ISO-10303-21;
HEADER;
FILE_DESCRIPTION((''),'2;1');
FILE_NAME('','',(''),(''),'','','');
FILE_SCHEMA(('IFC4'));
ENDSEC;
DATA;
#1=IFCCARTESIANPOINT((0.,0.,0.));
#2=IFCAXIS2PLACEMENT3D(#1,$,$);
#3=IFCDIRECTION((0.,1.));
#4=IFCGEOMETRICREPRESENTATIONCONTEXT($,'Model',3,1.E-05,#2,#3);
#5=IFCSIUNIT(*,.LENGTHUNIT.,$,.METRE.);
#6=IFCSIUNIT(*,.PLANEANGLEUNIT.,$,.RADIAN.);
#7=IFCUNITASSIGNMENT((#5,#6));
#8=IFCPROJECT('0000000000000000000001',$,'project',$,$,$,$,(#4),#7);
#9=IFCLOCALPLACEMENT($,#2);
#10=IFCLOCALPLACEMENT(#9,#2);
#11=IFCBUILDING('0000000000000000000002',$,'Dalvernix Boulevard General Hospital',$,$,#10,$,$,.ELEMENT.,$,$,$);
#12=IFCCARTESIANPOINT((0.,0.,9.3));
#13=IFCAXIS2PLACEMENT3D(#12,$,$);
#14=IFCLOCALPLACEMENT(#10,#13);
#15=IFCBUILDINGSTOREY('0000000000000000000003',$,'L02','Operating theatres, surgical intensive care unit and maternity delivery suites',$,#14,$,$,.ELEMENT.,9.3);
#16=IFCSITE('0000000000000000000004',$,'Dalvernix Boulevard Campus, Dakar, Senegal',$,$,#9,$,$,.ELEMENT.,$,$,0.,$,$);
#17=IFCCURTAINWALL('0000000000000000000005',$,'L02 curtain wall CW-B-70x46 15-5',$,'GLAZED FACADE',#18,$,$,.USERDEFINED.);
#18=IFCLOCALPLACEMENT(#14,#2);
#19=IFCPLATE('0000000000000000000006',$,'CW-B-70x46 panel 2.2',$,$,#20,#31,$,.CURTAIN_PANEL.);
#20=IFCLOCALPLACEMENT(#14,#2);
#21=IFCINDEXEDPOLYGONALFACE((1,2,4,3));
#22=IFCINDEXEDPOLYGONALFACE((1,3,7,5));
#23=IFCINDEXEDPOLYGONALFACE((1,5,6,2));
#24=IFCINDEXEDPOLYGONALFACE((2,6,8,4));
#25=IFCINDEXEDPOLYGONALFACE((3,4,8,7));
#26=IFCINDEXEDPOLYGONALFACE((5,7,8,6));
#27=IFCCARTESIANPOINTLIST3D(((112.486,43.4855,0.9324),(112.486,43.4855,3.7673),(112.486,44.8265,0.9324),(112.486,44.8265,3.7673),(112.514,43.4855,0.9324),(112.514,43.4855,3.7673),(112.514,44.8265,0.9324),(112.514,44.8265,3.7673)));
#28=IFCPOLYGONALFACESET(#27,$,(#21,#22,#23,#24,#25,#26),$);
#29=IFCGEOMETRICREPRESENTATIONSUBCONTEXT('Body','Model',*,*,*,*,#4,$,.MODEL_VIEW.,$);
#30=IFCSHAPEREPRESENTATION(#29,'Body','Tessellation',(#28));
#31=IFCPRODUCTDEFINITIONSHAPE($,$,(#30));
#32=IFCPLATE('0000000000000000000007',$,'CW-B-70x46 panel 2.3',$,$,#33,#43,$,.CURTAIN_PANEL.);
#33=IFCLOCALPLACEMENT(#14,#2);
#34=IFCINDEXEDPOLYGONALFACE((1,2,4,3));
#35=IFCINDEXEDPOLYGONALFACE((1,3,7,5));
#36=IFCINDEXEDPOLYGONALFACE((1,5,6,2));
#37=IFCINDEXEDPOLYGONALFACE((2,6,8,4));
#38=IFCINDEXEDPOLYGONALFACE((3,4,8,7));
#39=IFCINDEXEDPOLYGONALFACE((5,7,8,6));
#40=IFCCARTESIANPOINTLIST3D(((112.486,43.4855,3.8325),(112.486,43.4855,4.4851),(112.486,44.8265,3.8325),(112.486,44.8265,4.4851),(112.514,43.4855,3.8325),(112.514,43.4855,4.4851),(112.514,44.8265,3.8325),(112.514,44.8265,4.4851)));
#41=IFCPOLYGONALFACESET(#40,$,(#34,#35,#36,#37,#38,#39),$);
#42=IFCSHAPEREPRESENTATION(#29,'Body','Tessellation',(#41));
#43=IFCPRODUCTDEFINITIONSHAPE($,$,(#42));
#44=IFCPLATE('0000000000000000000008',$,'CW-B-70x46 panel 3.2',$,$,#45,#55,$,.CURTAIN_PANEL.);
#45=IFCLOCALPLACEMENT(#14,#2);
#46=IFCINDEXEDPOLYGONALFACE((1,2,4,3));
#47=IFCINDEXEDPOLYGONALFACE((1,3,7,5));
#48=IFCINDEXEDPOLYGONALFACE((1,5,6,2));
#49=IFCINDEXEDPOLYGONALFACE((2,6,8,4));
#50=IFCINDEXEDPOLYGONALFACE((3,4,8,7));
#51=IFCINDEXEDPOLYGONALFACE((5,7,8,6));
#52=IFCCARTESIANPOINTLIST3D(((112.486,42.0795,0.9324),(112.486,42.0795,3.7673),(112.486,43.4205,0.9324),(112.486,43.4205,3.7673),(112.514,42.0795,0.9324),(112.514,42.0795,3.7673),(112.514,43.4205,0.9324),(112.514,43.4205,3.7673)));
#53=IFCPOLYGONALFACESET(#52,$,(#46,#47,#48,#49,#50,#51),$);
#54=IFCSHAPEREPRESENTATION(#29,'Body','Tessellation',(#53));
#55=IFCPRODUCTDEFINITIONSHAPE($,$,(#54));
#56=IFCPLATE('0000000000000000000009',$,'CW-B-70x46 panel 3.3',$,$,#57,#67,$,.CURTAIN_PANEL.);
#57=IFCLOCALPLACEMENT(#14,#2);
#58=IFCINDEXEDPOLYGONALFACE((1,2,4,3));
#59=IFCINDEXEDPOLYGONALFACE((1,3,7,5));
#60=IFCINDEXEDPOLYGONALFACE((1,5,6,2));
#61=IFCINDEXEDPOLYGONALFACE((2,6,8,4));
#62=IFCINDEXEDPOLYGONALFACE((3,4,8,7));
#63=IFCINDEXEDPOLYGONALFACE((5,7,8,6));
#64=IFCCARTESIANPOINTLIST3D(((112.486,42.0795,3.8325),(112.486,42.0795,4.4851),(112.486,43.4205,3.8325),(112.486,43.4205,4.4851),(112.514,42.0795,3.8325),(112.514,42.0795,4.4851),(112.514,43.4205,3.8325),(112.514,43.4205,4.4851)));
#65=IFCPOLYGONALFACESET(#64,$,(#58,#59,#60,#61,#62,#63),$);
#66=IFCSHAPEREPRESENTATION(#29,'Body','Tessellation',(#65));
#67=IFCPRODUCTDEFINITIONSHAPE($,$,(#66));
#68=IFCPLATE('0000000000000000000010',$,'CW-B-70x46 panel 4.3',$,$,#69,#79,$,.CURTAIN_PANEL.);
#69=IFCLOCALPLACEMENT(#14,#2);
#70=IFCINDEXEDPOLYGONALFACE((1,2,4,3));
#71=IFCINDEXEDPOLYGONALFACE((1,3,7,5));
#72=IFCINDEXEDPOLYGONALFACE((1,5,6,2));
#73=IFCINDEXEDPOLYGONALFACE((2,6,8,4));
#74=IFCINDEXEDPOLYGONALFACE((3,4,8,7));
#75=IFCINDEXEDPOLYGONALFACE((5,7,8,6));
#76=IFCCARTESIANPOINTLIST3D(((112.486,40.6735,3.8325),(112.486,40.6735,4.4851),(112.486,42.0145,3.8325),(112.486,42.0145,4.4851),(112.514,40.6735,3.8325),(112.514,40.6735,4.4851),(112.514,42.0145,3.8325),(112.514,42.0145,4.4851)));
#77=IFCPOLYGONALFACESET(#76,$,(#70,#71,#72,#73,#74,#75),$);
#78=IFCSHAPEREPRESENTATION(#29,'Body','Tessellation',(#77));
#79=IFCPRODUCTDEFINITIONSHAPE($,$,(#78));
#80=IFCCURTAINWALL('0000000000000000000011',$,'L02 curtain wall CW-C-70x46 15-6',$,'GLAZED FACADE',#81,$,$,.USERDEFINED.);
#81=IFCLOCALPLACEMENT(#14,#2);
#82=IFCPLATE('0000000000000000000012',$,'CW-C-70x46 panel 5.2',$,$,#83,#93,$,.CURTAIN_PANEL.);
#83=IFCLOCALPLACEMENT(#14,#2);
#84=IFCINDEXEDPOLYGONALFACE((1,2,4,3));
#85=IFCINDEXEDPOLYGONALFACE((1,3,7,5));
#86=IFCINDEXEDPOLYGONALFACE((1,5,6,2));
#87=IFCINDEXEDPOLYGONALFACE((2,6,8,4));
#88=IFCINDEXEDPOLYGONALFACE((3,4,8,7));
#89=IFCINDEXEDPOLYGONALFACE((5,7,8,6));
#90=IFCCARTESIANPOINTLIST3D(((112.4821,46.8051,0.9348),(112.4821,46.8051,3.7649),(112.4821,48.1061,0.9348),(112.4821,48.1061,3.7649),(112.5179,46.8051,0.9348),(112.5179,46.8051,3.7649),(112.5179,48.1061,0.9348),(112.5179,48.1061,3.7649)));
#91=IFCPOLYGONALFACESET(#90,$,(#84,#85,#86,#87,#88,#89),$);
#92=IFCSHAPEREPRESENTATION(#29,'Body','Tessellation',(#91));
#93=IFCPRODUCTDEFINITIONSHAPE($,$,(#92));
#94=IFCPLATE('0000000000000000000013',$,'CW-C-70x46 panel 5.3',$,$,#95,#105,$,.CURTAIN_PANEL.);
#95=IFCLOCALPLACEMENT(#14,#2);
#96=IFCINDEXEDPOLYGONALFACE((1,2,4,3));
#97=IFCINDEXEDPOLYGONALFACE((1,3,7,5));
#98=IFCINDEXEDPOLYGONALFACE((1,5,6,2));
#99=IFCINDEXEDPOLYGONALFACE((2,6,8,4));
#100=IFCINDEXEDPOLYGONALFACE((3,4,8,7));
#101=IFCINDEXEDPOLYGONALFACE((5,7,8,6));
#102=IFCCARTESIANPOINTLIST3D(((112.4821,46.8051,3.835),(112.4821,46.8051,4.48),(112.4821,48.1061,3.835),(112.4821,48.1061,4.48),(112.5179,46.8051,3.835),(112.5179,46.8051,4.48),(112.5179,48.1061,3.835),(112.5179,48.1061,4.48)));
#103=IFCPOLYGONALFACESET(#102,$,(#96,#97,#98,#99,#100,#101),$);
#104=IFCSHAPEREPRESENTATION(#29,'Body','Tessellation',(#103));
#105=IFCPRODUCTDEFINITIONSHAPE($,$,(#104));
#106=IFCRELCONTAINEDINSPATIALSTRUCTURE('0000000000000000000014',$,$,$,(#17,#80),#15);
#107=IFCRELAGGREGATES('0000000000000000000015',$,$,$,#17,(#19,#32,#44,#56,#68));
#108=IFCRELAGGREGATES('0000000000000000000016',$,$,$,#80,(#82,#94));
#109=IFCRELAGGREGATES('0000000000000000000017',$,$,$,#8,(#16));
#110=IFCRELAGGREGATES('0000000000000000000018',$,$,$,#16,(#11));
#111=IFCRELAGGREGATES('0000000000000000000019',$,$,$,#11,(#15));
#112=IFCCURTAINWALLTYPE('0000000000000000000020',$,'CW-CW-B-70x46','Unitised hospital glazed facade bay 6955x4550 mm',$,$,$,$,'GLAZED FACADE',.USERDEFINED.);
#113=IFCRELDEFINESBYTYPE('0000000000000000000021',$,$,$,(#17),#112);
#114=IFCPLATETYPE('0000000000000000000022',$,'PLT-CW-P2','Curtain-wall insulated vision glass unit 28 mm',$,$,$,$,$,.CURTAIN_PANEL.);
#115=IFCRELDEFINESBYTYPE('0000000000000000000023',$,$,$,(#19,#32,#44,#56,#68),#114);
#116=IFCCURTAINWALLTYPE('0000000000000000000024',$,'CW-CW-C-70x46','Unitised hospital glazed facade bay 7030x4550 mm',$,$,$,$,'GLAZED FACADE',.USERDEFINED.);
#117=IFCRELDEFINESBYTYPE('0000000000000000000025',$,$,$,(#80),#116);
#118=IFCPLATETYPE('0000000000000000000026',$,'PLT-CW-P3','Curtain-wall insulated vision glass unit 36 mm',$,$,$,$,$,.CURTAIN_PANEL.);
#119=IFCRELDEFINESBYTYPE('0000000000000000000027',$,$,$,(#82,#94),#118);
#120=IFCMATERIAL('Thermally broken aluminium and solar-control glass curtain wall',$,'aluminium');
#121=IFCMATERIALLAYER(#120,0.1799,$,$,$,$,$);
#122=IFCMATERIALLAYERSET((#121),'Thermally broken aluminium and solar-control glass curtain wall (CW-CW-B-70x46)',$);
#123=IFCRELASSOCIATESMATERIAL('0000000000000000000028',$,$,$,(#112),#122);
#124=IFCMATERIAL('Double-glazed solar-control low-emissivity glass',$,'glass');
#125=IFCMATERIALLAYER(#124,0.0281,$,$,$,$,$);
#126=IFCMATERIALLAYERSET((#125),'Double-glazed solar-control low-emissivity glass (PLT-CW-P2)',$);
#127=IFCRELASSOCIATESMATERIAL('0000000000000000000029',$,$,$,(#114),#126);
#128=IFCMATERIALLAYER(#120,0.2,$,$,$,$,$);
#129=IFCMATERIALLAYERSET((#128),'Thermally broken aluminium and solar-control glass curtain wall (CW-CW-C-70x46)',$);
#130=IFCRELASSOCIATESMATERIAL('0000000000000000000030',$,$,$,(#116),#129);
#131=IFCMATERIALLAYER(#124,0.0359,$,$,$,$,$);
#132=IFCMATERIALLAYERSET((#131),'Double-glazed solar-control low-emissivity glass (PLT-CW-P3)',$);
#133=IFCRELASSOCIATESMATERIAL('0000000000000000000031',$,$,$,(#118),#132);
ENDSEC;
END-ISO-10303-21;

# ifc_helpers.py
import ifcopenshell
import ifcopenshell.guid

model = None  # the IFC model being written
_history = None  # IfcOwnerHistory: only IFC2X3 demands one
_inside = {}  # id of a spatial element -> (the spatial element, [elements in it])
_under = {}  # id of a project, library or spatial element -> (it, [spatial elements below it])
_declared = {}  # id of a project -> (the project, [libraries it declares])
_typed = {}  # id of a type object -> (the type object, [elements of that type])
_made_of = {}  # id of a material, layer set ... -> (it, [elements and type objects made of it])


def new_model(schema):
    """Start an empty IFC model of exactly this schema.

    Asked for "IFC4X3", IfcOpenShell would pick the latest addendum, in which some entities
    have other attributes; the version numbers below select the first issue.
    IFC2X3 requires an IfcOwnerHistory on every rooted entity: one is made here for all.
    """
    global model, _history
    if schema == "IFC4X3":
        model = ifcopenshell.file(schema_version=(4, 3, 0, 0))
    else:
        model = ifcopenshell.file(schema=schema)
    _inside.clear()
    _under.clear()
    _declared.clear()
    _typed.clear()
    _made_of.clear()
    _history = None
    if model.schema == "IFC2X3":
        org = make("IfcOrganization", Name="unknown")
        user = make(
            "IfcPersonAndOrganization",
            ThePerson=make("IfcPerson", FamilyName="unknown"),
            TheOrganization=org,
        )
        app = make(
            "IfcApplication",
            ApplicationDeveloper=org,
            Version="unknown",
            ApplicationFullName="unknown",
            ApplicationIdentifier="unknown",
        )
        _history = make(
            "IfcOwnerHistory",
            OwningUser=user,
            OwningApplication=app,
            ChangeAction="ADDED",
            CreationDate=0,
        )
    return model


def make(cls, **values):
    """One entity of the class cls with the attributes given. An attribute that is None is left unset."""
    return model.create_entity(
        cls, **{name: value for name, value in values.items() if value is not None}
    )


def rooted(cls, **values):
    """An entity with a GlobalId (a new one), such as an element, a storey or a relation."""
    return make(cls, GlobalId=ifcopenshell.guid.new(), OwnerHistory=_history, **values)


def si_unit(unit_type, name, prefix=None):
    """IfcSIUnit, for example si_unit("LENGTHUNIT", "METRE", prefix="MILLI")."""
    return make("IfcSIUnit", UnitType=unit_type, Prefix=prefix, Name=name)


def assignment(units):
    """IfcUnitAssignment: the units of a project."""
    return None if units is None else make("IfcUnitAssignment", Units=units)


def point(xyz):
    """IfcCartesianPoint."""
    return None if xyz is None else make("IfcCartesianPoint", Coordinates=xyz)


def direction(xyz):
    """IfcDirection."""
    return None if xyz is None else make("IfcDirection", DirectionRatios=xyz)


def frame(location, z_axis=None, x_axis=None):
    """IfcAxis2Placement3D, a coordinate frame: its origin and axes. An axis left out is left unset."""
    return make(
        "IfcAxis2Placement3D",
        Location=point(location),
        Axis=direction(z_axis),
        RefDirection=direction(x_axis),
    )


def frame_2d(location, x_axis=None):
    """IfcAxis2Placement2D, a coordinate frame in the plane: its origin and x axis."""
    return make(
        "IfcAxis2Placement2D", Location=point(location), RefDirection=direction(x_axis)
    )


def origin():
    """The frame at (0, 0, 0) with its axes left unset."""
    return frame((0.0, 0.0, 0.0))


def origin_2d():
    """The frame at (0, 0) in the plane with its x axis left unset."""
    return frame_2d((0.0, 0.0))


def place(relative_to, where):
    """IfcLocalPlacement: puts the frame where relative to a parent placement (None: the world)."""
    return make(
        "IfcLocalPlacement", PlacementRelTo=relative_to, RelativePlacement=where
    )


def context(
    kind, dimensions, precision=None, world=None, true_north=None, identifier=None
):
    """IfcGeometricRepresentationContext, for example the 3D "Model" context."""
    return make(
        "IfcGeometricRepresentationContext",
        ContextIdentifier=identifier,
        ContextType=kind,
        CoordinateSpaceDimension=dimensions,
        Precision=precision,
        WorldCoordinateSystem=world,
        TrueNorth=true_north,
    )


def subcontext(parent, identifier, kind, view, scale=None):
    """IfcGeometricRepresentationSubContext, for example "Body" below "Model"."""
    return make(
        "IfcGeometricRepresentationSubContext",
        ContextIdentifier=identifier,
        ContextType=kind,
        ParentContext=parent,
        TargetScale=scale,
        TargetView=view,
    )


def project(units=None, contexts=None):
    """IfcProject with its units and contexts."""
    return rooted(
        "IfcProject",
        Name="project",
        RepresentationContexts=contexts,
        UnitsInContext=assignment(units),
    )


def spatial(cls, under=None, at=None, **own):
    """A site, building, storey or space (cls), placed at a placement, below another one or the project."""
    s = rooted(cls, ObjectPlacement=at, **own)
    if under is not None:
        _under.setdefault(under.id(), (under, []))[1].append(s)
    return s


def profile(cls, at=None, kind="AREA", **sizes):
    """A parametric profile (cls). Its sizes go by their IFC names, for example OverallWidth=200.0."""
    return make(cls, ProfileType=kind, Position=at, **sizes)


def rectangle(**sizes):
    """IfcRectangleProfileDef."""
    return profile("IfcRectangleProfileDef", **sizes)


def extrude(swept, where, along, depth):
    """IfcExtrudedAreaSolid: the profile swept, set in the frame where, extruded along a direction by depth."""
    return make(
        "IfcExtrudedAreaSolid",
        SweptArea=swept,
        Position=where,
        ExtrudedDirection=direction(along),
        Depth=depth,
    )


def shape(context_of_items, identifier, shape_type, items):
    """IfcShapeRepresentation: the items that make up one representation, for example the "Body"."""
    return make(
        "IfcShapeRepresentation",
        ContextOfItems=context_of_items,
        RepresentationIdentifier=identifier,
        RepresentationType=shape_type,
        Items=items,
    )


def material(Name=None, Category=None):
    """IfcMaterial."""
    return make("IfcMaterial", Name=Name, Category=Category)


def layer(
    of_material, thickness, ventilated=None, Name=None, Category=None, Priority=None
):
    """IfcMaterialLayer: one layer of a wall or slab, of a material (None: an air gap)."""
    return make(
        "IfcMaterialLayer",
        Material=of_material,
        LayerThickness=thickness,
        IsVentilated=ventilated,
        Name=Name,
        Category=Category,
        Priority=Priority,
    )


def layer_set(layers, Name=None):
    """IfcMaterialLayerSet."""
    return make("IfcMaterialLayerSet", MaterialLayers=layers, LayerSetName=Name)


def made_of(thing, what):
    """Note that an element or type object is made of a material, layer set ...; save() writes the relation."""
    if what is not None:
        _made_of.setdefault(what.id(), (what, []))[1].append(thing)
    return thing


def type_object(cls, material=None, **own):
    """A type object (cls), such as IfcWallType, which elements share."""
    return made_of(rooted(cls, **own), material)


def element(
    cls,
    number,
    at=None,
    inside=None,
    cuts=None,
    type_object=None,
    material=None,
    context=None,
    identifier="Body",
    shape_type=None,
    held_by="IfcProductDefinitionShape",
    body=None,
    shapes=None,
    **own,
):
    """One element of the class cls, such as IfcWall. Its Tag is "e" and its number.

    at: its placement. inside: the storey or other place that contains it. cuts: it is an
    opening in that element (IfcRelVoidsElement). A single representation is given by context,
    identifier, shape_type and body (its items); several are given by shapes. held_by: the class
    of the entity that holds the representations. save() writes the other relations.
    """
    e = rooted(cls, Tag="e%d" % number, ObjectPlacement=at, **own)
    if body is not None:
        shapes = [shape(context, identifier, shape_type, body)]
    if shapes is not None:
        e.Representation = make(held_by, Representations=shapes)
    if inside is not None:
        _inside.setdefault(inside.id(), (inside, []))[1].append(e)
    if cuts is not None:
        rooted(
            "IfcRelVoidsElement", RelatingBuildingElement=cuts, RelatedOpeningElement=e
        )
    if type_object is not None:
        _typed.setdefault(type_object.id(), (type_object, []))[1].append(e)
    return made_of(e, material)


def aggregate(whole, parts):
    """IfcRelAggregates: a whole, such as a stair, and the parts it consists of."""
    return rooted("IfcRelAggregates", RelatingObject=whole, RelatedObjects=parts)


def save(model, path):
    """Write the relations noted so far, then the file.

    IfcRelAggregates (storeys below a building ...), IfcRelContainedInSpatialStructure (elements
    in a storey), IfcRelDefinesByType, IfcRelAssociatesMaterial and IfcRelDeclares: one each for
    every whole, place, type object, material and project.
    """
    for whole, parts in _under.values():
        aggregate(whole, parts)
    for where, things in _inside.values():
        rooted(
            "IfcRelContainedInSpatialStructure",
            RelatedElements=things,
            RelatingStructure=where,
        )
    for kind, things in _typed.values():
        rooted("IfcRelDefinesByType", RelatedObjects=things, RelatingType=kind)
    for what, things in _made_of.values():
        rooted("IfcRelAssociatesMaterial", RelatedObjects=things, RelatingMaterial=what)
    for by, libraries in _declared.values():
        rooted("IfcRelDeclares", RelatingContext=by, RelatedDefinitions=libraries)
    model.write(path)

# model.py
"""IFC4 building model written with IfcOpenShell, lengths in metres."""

from ifc_helpers import new_model, si_unit, direction, frame, origin, origin_2d, place, context, subcontext, project, spatial, rectangle, extrude, material, layer, layer_set, type_object, element, aggregate, save


model = new_model("IFC4")

# Units and contexts
model_context = context("Model", 3, precision=1e-05, world=origin(), true_north=direction((0.0, 1.0)))
body_context = subcontext(model_context, "Body", "Model", "MODEL_VIEW")
ifc_project = project(units=[si_unit("LENGTHUNIT", "METRE"), si_unit("PLANEANGLEUNIT", "RADIAN")], contexts=[model_context])

# Site, building, storey
site_placement = place(None, origin())
site = spatial("IfcSite", under=ifc_project, at=site_placement, Name="Dalvernix Boulevard Campus, Dakar, Senegal", CompositionType="ELEMENT", RefElevation=0.0)
building_placement = place(site_placement, origin())
building = spatial("IfcBuilding", under=site, at=building_placement, Name="Dalvernix Boulevard General Hospital", CompositionType="ELEMENT")
storey_placement = place(building_placement, frame((0.0, 0.0, 9.3)))
storey = spatial("IfcBuildingStorey", under=building, at=storey_placement, Name="L02", Description="Operating theatres, surgical intensive care unit and maternity delivery suites", CompositionType="ELEMENT", Elevation=9.3)

# Curtain wall
ifc_material_1 = material(Name="Thermally broken aluminium and solar-control glass curtain wall", Category="aluminium")
ifc_layer_1 = layer(ifc_material_1, 0.1799)
ifc_layer_set_1 = layer_set([ifc_layer_1], Name="Thermally broken aluminium and solar-control glass curtain wall (CW-CW-B-70x46)")
curtain_wall_type_1 = type_object("IfcCurtainWallType", Name="CW-CW-B-70x46", Description="Unitised hospital glazed facade bay 6955x4550 mm", ElementType="GLAZED FACADE", PredefinedType="USERDEFINED", material=ifc_layer_set_1)
curtain_wall_1_placement = place(storey_placement, origin())
curtain_wall_1 = element("IfcCurtainWall", 1, at=curtain_wall_1_placement, inside=storey, type_object=curtain_wall_type_1, Name="L02 curtain wall CW-B-70x46 15-5", ObjectType="GLAZED FACADE", PredefinedType="USERDEFINED")

# Plates
ifc_material_2 = material(Name="Double-glazed solar-control low-emissivity glass", Category="glass")
ifc_layer_2 = layer(ifc_material_2, 0.0281)
ifc_layer_set_2 = layer_set([ifc_layer_2], Name="Double-glazed solar-control low-emissivity glass (PLT-CW-P2)")
plate_type_1 = type_object("IfcPlateType", Name="PLT-CW-P2", Description="Curtain-wall insulated vision glass unit 28 mm", PredefinedType="CURTAIN_PANEL", material=ifc_layer_set_2)
plate_1_placement = place(storey_placement, frame((112.5, 44.156, 0.9324), z_axis=(0.0, 0.0, 1.0), x_axis=(0.0, -1.0, 0.0)))
plate_1 = element("IfcPlate", 2, at=plate_1_placement, type_object=plate_type_1, Name="CW-B-70x46 panel 2.2", PredefinedType="CURTAIN_PANEL", context=body_context, shape_type="SweptSolid", body=[
    extrude(rectangle(XDim=1.3411, YDim=0.0281, at=origin_2d()), origin(), (0.0, 0.0, 1.0), 2.835),
])
plate_2_placement = place(storey_placement, frame((112.5, 44.156, 3.8325), z_axis=(0.0, 0.0, 1.0), x_axis=(0.0, -1.0, 0.0)))
plate_2 = element("IfcPlate", 3, at=plate_2_placement, type_object=plate_type_1, Name="CW-B-70x46 panel 2.3", PredefinedType="CURTAIN_PANEL", context=body_context, shape_type="SweptSolid", body=[
    extrude(rectangle(XDim=1.3411, YDim=0.0281, at=origin_2d()), origin(), (0.0, 0.0, 1.0), 0.6526),
])
plate_3_placement = place(storey_placement, frame((112.5, 42.75, 0.9324), z_axis=(0.0, 0.0, 1.0), x_axis=(0.0, -1.0, 0.0)))
plate_3 = element("IfcPlate", 4, at=plate_3_placement, type_object=plate_type_1, Name="CW-B-70x46 panel 3.2", PredefinedType="CURTAIN_PANEL", context=body_context, shape_type="SweptSolid", body=[
    extrude(rectangle(XDim=1.3411, YDim=0.0281, at=origin_2d()), origin(), (0.0, 0.0, 1.0), 2.835),
])
plate_4_placement = place(storey_placement, frame((112.5, 42.75, 3.8325), z_axis=(0.0, 0.0, 1.0), x_axis=(0.0, -1.0, 0.0)))
plate_4 = element("IfcPlate", 5, at=plate_4_placement, type_object=plate_type_1, Name="CW-B-70x46 panel 3.3", PredefinedType="CURTAIN_PANEL", context=body_context, shape_type="SweptSolid", body=[
    extrude(rectangle(XDim=1.3411, YDim=0.0281, at=origin_2d()), origin(), (0.0, 0.0, 1.0), 0.6526),
])
plate_5_placement = place(storey_placement, frame((112.5, 41.344, 3.8325), z_axis=(0.0, 0.0, 1.0), x_axis=(0.0, -1.0, 0.0)))
plate_5 = element("IfcPlate", 6, at=plate_5_placement, type_object=plate_type_1, Name="CW-B-70x46 panel 4.3", PredefinedType="CURTAIN_PANEL", context=body_context, shape_type="SweptSolid", body=[
    extrude(rectangle(XDim=1.3411, YDim=0.0281, at=origin_2d()), origin(), (0.0, 0.0, 1.0), 0.6526),
])
aggregate(curtain_wall_1, [plate_1, plate_2, plate_3, plate_4, plate_5])

# Curtain wall, plates
ifc_layer_3 = layer(ifc_material_1, 0.2)
ifc_layer_set_3 = layer_set([ifc_layer_3], Name="Thermally broken aluminium and solar-control glass curtain wall (CW-CW-C-70x46)")
curtain_wall_type_2 = type_object("IfcCurtainWallType", Name="CW-CW-C-70x46", Description="Unitised hospital glazed facade bay 7030x4550 mm", ElementType="GLAZED FACADE", PredefinedType="USERDEFINED", material=ifc_layer_set_3)
curtain_wall_2_placement = place(storey_placement, origin())
curtain_wall_2 = element("IfcCurtainWall", 7, at=curtain_wall_2_placement, inside=storey, type_object=curtain_wall_type_2, Name="L02 curtain wall CW-C-70x46 15-6", ObjectType="GLAZED FACADE", PredefinedType="USERDEFINED")
ifc_layer_4 = layer(ifc_material_2, 0.0359)
ifc_layer_set_4 = layer_set([ifc_layer_4], Name="Double-glazed solar-control low-emissivity glass (PLT-CW-P3)")
plate_type_2 = type_object("IfcPlateType", Name="PLT-CW-P3", Description="Curtain-wall insulated vision glass unit 36 mm", PredefinedType="CURTAIN_PANEL", material=ifc_layer_set_4)
plate_6_placement = place(storey_placement, frame((112.5, 47.4556, 0.9348), z_axis=(0.0, 0.0, 1.0), x_axis=(0.0, -1.0, 0.0)))
plate_6 = element("IfcPlate", 8, at=plate_6_placement, type_object=plate_type_2, Name="CW-C-70x46 panel 5.2", PredefinedType="CURTAIN_PANEL", context=body_context, shape_type="SweptSolid", body=[
    extrude(rectangle(XDim=1.301, YDim=0.0359, at=origin_2d()), origin(), (0.0, 0.0, 1.0), 2.8301),
])
plate_7_placement = place(storey_placement, frame((112.5, 47.4556, 3.835), z_axis=(0.0, 0.0, 1.0), x_axis=(0.0, -1.0, 0.0)))
plate_7 = element("IfcPlate", 9, at=plate_7_placement, type_object=plate_type_2, Name="CW-C-70x46 panel 5.3", PredefinedType="CURTAIN_PANEL", context=body_context, shape_type="SweptSolid", body=[
    extrude(rectangle(XDim=1.301, YDim=0.0359, at=origin_2d()), origin(), (0.0, 0.0, 1.0), 0.645),
])
aggregate(curtain_wall_2, [plate_6, plate_7])

save(model, "model.ifc")
